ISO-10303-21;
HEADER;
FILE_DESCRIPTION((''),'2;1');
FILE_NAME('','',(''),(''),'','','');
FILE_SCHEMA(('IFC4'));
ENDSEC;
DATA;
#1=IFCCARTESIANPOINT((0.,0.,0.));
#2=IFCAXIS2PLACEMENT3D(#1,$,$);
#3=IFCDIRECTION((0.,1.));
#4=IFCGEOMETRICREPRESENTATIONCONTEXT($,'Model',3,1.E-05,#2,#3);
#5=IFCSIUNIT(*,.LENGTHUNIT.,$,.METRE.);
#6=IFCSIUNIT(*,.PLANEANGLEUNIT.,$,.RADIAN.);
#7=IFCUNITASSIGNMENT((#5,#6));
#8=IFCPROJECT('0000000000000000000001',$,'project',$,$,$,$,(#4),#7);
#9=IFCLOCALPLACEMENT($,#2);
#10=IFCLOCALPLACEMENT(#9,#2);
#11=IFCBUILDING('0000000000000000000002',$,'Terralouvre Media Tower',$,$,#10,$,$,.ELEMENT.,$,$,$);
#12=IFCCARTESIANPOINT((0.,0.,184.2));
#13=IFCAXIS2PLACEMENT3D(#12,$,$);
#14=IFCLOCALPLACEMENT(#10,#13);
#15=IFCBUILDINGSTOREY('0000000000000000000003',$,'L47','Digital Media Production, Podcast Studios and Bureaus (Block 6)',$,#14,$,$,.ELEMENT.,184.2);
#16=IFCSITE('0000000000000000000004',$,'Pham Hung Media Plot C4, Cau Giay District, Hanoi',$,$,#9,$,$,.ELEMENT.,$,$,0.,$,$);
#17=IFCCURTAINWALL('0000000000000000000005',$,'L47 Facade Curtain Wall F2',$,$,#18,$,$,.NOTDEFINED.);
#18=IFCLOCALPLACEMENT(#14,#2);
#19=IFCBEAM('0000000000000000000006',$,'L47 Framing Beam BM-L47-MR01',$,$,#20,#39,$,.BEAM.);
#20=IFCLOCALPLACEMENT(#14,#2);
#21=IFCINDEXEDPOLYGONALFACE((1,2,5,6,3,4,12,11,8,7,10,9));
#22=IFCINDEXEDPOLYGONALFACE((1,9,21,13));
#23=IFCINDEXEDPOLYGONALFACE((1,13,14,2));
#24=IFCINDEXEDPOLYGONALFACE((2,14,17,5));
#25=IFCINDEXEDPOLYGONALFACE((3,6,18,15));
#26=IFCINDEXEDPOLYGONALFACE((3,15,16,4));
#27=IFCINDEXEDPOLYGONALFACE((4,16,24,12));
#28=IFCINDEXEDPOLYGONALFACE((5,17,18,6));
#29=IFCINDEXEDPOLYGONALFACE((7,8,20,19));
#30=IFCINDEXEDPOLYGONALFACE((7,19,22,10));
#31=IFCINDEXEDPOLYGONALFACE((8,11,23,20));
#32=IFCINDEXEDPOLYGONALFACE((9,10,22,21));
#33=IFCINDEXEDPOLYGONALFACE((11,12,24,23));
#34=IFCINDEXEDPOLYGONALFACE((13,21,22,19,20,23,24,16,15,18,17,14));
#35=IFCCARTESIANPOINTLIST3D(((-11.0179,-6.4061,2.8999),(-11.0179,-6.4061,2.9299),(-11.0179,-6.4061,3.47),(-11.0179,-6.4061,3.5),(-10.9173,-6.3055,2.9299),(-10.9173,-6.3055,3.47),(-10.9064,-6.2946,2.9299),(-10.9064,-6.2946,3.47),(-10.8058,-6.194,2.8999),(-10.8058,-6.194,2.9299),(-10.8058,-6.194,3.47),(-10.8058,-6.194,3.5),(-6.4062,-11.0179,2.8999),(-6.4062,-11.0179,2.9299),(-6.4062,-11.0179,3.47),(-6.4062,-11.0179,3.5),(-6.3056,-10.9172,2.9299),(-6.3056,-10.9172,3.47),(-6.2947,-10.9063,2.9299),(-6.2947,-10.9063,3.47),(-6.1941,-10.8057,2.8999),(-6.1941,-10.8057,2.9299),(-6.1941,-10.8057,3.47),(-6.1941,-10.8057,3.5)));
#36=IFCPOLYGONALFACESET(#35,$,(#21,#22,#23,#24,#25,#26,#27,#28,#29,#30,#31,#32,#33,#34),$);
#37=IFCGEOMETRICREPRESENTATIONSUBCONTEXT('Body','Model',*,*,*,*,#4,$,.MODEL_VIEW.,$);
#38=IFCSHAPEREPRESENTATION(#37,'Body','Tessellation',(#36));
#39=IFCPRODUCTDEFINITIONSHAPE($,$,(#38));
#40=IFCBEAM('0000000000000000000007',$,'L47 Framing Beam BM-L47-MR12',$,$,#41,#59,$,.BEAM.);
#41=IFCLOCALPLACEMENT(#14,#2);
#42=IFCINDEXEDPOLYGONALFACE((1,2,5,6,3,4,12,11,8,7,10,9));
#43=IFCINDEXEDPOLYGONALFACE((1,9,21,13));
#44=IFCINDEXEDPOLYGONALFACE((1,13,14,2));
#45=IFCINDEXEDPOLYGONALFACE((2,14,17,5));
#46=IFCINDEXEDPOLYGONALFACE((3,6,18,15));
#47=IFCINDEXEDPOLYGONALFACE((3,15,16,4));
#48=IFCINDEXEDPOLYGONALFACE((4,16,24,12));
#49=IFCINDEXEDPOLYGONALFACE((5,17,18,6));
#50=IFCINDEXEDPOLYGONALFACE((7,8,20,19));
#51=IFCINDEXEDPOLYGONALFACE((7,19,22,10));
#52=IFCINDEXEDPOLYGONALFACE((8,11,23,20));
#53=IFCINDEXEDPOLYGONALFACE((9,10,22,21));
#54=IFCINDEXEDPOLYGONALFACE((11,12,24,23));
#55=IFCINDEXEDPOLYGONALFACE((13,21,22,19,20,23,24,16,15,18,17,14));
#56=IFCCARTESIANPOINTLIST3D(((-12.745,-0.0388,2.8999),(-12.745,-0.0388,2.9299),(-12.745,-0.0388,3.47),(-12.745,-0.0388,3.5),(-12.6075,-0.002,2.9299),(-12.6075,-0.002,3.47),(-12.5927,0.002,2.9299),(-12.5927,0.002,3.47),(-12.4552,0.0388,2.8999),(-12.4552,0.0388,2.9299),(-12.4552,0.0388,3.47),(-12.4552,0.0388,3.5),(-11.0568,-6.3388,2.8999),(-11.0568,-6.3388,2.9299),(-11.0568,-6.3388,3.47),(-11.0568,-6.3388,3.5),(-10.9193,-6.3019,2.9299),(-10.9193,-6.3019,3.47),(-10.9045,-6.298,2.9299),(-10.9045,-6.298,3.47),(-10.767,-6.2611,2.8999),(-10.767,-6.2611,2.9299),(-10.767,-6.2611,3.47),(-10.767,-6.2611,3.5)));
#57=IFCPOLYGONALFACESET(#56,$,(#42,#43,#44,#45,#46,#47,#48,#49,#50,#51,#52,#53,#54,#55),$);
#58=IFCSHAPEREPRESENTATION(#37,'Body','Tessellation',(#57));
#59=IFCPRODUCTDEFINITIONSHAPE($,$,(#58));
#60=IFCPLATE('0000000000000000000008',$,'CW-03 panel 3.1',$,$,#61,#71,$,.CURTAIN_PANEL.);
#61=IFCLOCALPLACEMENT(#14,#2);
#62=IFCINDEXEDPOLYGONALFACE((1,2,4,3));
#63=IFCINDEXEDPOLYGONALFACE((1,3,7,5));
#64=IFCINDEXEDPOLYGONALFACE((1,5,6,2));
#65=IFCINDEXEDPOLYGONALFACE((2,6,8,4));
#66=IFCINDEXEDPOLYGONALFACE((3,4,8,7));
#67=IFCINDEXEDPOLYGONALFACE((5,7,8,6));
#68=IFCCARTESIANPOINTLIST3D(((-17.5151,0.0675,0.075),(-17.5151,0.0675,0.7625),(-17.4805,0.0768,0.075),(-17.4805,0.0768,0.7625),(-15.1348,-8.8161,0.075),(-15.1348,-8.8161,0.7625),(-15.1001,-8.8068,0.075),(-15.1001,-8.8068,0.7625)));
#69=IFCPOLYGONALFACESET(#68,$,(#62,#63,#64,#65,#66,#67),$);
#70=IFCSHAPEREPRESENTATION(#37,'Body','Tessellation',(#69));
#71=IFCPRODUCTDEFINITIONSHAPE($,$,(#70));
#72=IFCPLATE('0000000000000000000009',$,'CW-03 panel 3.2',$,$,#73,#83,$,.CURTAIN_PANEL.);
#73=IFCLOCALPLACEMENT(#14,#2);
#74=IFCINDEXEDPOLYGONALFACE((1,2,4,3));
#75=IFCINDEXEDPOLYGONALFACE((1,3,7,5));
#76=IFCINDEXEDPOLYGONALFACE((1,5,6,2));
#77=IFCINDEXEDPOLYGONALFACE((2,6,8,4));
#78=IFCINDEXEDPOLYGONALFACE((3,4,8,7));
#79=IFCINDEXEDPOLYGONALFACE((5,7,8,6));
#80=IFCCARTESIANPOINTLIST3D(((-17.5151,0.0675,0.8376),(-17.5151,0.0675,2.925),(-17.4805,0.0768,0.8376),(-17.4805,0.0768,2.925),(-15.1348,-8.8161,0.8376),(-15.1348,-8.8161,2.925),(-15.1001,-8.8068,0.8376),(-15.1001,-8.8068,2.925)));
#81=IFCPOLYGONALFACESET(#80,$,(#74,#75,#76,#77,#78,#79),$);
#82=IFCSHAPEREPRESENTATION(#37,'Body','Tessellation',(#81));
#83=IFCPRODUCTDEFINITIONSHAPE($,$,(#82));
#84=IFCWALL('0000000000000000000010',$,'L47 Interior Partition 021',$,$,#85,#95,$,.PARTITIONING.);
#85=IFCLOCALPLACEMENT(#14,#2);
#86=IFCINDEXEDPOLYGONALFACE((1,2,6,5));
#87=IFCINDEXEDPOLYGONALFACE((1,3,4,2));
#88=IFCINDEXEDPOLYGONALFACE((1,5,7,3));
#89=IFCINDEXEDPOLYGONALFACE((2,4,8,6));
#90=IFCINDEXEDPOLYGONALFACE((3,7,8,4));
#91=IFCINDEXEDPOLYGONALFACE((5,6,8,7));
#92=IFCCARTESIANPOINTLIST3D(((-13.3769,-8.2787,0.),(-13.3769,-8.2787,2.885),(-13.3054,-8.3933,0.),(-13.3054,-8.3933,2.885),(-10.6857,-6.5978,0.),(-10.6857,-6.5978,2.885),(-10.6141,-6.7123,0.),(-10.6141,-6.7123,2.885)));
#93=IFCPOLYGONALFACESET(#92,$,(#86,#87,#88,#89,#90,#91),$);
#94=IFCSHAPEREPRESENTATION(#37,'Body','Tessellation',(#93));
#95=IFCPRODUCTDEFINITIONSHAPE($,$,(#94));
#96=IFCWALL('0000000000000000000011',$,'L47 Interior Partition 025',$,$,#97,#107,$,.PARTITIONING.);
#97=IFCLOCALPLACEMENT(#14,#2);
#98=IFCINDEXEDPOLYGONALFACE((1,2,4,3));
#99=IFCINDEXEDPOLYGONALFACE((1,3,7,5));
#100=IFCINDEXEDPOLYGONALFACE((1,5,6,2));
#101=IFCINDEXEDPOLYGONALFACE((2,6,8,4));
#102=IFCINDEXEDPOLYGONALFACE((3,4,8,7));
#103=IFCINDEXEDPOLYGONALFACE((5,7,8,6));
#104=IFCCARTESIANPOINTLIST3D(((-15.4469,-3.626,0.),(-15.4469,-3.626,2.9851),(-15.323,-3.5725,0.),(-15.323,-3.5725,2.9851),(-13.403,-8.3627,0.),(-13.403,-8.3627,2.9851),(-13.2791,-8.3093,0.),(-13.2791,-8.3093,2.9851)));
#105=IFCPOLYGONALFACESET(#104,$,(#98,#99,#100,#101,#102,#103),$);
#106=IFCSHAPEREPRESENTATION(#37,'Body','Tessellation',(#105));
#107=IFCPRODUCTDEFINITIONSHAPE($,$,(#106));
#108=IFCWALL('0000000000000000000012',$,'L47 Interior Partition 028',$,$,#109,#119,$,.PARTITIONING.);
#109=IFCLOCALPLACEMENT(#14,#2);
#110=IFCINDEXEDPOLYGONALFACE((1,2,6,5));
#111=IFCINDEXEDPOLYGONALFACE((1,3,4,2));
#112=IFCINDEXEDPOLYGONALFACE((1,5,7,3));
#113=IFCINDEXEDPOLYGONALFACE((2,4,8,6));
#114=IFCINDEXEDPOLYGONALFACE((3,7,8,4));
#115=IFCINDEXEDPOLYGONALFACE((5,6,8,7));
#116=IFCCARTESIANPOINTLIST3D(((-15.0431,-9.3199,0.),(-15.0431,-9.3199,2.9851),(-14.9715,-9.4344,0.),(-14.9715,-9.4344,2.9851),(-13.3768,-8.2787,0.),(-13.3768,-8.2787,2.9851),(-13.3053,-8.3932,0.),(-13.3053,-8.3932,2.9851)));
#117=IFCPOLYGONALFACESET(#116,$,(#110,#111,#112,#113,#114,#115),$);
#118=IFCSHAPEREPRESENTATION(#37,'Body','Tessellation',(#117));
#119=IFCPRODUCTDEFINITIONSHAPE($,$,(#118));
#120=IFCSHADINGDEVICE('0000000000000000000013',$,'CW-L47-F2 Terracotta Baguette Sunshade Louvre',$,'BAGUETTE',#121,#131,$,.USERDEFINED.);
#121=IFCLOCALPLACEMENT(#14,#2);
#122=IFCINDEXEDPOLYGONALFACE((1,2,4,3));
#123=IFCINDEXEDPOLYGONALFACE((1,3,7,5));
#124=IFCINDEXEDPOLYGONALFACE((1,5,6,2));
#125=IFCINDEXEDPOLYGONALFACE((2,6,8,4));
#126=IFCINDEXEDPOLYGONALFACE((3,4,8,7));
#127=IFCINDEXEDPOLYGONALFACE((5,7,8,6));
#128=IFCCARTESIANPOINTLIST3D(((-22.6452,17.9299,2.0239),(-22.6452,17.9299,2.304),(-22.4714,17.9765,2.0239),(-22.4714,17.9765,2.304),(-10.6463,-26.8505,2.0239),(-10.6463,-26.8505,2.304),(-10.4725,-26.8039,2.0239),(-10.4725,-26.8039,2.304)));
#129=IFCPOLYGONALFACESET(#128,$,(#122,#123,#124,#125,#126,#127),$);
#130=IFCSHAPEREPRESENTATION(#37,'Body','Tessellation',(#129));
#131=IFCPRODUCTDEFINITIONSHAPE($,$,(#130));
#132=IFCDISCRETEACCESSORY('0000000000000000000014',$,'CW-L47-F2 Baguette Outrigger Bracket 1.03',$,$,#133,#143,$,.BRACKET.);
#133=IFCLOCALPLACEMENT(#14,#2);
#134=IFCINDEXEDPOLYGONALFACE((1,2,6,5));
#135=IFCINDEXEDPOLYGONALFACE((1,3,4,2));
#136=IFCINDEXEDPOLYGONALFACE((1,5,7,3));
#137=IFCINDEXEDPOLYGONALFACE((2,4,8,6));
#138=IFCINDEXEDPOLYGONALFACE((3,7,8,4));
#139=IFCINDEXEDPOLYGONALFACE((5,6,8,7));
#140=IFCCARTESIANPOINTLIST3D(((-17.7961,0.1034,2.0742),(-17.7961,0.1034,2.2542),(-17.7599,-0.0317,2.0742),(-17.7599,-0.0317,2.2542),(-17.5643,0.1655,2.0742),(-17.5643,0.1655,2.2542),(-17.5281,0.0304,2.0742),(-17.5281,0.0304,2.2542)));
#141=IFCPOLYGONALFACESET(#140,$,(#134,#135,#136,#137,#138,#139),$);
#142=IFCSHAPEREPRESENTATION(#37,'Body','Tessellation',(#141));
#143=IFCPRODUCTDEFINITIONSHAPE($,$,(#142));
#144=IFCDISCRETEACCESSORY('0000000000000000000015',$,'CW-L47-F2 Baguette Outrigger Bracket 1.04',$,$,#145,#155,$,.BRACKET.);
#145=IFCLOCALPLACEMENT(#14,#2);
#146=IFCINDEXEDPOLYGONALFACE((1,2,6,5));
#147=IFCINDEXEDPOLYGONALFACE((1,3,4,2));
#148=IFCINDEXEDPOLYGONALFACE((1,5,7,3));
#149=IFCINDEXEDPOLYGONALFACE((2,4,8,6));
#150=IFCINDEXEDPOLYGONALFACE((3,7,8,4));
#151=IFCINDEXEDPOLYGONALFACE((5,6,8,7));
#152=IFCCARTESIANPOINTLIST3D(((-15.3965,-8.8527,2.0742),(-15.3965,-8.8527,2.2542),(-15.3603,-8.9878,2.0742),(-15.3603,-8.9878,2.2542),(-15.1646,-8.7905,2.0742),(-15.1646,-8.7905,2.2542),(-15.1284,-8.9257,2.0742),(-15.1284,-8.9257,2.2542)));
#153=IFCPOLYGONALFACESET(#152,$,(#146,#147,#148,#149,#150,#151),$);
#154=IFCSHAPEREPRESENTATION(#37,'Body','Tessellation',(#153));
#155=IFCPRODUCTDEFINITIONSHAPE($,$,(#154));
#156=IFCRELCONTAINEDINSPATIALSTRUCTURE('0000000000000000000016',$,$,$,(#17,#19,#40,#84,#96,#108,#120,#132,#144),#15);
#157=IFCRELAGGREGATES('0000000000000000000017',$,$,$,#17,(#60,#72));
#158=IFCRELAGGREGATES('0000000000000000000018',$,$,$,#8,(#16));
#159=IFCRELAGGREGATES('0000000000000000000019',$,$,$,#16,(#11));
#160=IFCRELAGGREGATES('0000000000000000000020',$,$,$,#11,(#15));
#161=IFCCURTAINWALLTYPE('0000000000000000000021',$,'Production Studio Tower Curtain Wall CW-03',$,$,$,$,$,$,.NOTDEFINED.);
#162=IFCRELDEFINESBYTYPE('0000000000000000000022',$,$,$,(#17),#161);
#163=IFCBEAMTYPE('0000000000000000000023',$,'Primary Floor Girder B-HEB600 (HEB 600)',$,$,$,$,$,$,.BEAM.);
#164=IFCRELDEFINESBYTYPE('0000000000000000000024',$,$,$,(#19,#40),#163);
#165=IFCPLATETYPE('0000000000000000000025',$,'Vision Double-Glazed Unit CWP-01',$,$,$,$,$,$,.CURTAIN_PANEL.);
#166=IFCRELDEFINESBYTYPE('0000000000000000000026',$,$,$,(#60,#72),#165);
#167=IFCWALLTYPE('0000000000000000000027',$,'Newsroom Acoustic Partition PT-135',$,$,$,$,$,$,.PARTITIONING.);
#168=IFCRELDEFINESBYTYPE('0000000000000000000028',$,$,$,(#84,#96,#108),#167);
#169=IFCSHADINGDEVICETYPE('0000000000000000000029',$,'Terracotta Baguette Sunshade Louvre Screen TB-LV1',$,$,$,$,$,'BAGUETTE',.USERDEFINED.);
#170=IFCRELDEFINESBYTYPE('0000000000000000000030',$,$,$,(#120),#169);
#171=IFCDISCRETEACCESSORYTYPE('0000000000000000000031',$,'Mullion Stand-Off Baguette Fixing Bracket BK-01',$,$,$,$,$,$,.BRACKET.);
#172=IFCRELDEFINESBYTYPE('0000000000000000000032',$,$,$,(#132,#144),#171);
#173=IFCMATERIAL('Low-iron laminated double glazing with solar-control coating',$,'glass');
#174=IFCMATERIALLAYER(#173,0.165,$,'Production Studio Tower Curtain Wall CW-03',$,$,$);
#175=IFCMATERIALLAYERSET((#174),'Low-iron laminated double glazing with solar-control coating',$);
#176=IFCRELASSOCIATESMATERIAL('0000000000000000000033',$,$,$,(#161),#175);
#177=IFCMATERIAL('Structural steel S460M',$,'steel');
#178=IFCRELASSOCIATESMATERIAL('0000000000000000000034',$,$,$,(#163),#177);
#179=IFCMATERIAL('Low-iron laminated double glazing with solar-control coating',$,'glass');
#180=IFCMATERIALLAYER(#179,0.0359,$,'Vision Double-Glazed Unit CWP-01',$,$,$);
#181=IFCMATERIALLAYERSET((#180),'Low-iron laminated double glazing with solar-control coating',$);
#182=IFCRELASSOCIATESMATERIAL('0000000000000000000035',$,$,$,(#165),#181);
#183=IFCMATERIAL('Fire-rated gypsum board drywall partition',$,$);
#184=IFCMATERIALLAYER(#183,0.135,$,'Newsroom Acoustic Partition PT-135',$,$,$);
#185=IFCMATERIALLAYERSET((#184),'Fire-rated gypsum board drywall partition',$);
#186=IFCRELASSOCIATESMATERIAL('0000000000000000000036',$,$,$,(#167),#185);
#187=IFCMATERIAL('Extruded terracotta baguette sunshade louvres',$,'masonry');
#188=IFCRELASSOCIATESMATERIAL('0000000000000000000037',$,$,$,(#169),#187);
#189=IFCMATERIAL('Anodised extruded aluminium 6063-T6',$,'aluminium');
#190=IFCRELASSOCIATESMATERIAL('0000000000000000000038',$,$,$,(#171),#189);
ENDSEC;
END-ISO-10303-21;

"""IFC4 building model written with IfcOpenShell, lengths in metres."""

from ifc_helpers import new_model, si_unit, direction, frame, frame_2d, origin, origin_2d, place, context, subcontext, project, spatial, rectangle, i_section, extrude, material, layer, layer_set, material_profile, profile_set, type_object, element, aggregate, save


model = new_model("IFC4")

# Units and contexts
model_context = context("Model", 3, precision=1e-05, world=origin(), true_north=direction((0.0, 1.0)))
body_context = subcontext(model_context, "Body", "Model", "MODEL_VIEW")
ifc_project = project(units=[si_unit("LENGTHUNIT", "METRE"), si_unit("PLANEANGLEUNIT", "RADIAN")], contexts=[model_context])

# Site, building, storey
site_placement = place(None, origin())
site = spatial("IfcSite", under=ifc_project, at=site_placement, Name="Pham Hung Media Plot C4, Cau Giay District, Hanoi", CompositionType="ELEMENT", RefElevation=0.0)
building_placement = place(site_placement, origin())
building = spatial("IfcBuilding", under=site, at=building_placement, Name="Terralouvre Media Tower", CompositionType="ELEMENT")
storey_placement = place(building_placement, frame((0.0, 0.0, 184.2)))
storey = spatial("IfcBuildingStorey", under=building, at=storey_placement, Name="L47", Description="Digital Media Production, Podcast Studios and Bureaus (Block 6)", CompositionType="ELEMENT", Elevation=184.2)

# Curtain wall
ifc_material_1 = material(Name="Low-iron laminated double glazing with solar-control coating", Category="glass")
ifc_layer_1 = layer(ifc_material_1, 0.165, Name="Production Studio Tower Curtain Wall CW-03")
ifc_layer_set_1 = layer_set([ifc_layer_1], Name="Low-iron laminated double glazing with solar-control coating")
curtain_wall_type = type_object("IfcCurtainWallType", Name="Production Studio Tower Curtain Wall CW-03", PredefinedType="NOTDEFINED", material=ifc_layer_set_1)
curtain_wall_placement = place(storey_placement, origin())
curtain_wall = element("IfcCurtainWall", 1, at=curtain_wall_placement, inside=storey, type_object=curtain_wall_type, Name="L47 Facade Curtain Wall F2", PredefinedType="NOTDEFINED")

# Beams
ifc_material_2 = material(Name="Structural steel S460M", Category="steel")
ifc_material_profile_1 = material_profile(ifc_material_2, i_section(OverallWidth=0.3, OverallDepth=0.6001, WebThickness=0.0154, FlangeThickness=0.03, at=origin_2d()), Name="HEB 600")
ifc_profile_set_1 = profile_set([ifc_material_profile_1], Name="Structural steel S460M")
beam_type_1 = type_object("IfcBeamType", Name="Primary Floor Girder B-HEB600 (HEB 600)", PredefinedType="BEAM", material=ifc_profile_set_1)
beam_1_placement = place(storey_placement, frame((-10.9119, -6.3, 3.2), z_axis=(0.707107, -0.707107, 0.0), x_axis=(0.707107, 0.707107, 0.0)))
element("IfcBeam", 2, at=beam_1_placement, inside=storey, type_object=beam_type_1, Name="L47 Framing Beam BM-L47-MR01", PredefinedType="BEAM", context=body_context, shape_type="SweptSolid", body=[
    extrude(i_section(OverallWidth=0.3, OverallDepth=0.6001, WebThickness=0.0154, FlangeThickness=0.03, at=origin_2d()), origin(), (0.0, 0.0, 1.0), 6.522),
])
beam_2_placement = place(storey_placement, frame((-12.6001, 0.0, 3.2), z_axis=(0.258839, -0.96592, 0.0), x_axis=(0.96592, 0.258839, 0.0)))
element("IfcBeam", 3, at=beam_2_placement, inside=storey, type_object=beam_type_1, Name="L47 Framing Beam BM-L47-MR12", PredefinedType="BEAM", context=body_context, shape_type="SweptSolid", body=[
    extrude(i_section(OverallWidth=0.3, OverallDepth=0.6001, WebThickness=0.0154, FlangeThickness=0.03, at=origin_2d()), origin(), (0.0, 0.0, 1.0), 6.5222),
])

# Plates
ifc_material_3 = material(Name="Low-iron laminated double glazing with solar-control coating", Category="glass")
ifc_layer_2 = layer(ifc_material_3, 0.0359, Name="Vision Double-Glazed Unit CWP-01")
ifc_layer_set_2 = layer_set([ifc_layer_2], Name="Low-iron laminated double glazing with solar-control coating")
plate_type = type_object("IfcPlateType", Name="Vision Double-Glazed Unit CWP-01", PredefinedType="CURTAIN_PANEL", material=ifc_layer_set_2)
plate_1_placement = place(storey_placement, frame((-16.3076, -4.3696, 0.075), z_axis=(0.0, 0.0, 1.0), x_axis=(0.258819, -0.965926, 0.0)))
plate_1 = element("IfcPlate", 4, at=plate_1_placement, type_object=plate_type, Name="CW-03 panel 3.1", PredefinedType="CURTAIN_PANEL", context=body_context, shape_type="SweptSolid", body=[
    extrude(rectangle(XDim=9.197, YDim=0.0359, at=origin_2d()), origin(), (0.0, 0.0, 1.0), 0.6875),
])
plate_2_placement = place(storey_placement, frame((-16.3076, -4.3696, 0.8376), z_axis=(0.0, 0.0, 1.0), x_axis=(0.258819, -0.965926, 0.0)))
plate_2 = element("IfcPlate", 5, at=plate_2_placement, type_object=plate_type, Name="CW-03 panel 3.2", PredefinedType="CURTAIN_PANEL", context=body_context, shape_type="SweptSolid", body=[
    extrude(rectangle(XDim=9.197, YDim=0.0359, at=origin_2d()), origin(), (0.0, 0.0, 1.0), 2.0874),
])
aggregate(curtain_wall, [plate_1, plate_2])

# Walls
ifc_material_4 = material(Name="Fire-rated gypsum board drywall partition")
ifc_layer_3 = layer(ifc_material_4, 0.135, Name="Newsroom Acoustic Partition PT-135")
ifc_layer_set_3 = layer_set([ifc_layer_3], Name="Fire-rated gypsum board drywall partition")
wall_type = type_object("IfcWallType", Name="Newsroom Acoustic Partition PT-135", PredefinedType="PARTITIONING", material=ifc_layer_set_3)
wall_1_placement = place(storey_placement, frame((-13.3411, -8.3359, 0.0), z_axis=(0.0, 0.0, 1.0), x_axis=(0.84815, 0.529757, 0.0)))
element("IfcWall", 6, at=wall_1_placement, inside=storey, type_object=wall_type, Name="L47 Interior Partition 021", PredefinedType="PARTITIONING", context=body_context, shape_type="SweptSolid", body=[
    extrude(rectangle(XDim=3.1731, YDim=0.135, at=frame_2d((1.5864, 0.0))), origin(), (0.0, 0.0, 1.0), 2.885),
])
wall_2_placement = place(storey_placement, frame((-15.385, -3.5991, 0.0), z_axis=(0.0, 0.0, 1.0), x_axis=(0.396191, -0.918168, 0.0)))
element("IfcWall", 7, at=wall_2_placement, inside=storey, type_object=wall_type, Name="L47 Interior Partition 025", PredefinedType="PARTITIONING", context=body_context, shape_type="SweptSolid", body=[
    extrude(rectangle(XDim=5.1589, YDim=0.135, at=frame_2d((2.5796, 0.0))), origin(), (0.0, 0.0, 1.0), 2.9851),
])
wall_3_placement = place(storey_placement, frame((-13.3411, -8.3359, 0.0), z_axis=(0.0, 0.0, 1.0), x_axis=(-0.848033, -0.529943, 0.0)))
element("IfcWall", 8, at=wall_3_placement, inside=storey, type_object=wall_type, Name="L47 Interior Partition 028", PredefinedType="PARTITIONING", context=body_context, shape_type="SweptSolid", body=[
    extrude(rectangle(XDim=1.9648, YDim=0.135, at=frame_2d((0.9824, 0.0))), origin(), (0.0, 0.0, 1.0), 2.9851),
])

# Shading device
ifc_material_5 = material(Name="Extruded terracotta baguette sunshade louvres", Category="masonry")
shading_device_type = type_object("IfcShadingDeviceType", Name="Terracotta Baguette Sunshade Louvre Screen TB-LV1", ElementType="BAGUETTE", PredefinedType="USERDEFINED", material=ifc_material_5)
shading_device_placement = place(storey_placement, frame((-16.5588, -4.437, 2.0239), z_axis=(0.0, 0.0, 1.0), x_axis=(0.258819, -0.965926, 0.0)))
element("IfcShadingDevice", 9, at=shading_device_placement, inside=storey, type_object=shading_device_type, Name="CW-L47-F2 Terracotta Baguette Sunshade Louvre", ObjectType="BAGUETTE", PredefinedType="USERDEFINED", context=body_context, shape_type="SweptSolid", body=[
    extrude(rectangle(XDim=46.3601, YDim=0.1799, at=origin_2d()), origin(), (0.0, 0.0, 1.0), 0.28),
])

# Discrete accessories
ifc_material_6 = material(Name="Anodised extruded aluminium 6063-T6", Category="aluminium")
discrete_accessory_type = type_object("IfcDiscreteAccessoryType", Name="Mullion Stand-Off Baguette Fixing Bracket BK-01", PredefinedType="BRACKET", material=ifc_material_6)
for number, where, z_axis, x_axis, name in (
    (10, (-17.6621, 0.0669, 2.0742), (0.0, 0.0, 1.0), (0.258819, -0.965926, 0.0), "CW-L47-F2 Baguette Outrigger Bracket 1.03"),
    (11, (-15.2625, -8.8892, 2.0742), (0.0, 0.0, 1.0), (0.258819, -0.965926, 0.0), "CW-L47-F2 Baguette Outrigger Bracket 1.04"),
):
    element("IfcDiscreteAccessory", number, at=place(storey_placement, frame(where, z_axis=z_axis, x_axis=x_axis)), inside=storey, type_object=discrete_accessory_type, Name=name, PredefinedType="BRACKET", context=body_context, shape_type="SweptSolid", body=[
        extrude(rectangle(XDim=0.1399, YDim=0.24, at=origin_2d()), origin(), (0.0, 0.0, 1.0), 0.1799),
    ])

save(model, "model.ifc")
